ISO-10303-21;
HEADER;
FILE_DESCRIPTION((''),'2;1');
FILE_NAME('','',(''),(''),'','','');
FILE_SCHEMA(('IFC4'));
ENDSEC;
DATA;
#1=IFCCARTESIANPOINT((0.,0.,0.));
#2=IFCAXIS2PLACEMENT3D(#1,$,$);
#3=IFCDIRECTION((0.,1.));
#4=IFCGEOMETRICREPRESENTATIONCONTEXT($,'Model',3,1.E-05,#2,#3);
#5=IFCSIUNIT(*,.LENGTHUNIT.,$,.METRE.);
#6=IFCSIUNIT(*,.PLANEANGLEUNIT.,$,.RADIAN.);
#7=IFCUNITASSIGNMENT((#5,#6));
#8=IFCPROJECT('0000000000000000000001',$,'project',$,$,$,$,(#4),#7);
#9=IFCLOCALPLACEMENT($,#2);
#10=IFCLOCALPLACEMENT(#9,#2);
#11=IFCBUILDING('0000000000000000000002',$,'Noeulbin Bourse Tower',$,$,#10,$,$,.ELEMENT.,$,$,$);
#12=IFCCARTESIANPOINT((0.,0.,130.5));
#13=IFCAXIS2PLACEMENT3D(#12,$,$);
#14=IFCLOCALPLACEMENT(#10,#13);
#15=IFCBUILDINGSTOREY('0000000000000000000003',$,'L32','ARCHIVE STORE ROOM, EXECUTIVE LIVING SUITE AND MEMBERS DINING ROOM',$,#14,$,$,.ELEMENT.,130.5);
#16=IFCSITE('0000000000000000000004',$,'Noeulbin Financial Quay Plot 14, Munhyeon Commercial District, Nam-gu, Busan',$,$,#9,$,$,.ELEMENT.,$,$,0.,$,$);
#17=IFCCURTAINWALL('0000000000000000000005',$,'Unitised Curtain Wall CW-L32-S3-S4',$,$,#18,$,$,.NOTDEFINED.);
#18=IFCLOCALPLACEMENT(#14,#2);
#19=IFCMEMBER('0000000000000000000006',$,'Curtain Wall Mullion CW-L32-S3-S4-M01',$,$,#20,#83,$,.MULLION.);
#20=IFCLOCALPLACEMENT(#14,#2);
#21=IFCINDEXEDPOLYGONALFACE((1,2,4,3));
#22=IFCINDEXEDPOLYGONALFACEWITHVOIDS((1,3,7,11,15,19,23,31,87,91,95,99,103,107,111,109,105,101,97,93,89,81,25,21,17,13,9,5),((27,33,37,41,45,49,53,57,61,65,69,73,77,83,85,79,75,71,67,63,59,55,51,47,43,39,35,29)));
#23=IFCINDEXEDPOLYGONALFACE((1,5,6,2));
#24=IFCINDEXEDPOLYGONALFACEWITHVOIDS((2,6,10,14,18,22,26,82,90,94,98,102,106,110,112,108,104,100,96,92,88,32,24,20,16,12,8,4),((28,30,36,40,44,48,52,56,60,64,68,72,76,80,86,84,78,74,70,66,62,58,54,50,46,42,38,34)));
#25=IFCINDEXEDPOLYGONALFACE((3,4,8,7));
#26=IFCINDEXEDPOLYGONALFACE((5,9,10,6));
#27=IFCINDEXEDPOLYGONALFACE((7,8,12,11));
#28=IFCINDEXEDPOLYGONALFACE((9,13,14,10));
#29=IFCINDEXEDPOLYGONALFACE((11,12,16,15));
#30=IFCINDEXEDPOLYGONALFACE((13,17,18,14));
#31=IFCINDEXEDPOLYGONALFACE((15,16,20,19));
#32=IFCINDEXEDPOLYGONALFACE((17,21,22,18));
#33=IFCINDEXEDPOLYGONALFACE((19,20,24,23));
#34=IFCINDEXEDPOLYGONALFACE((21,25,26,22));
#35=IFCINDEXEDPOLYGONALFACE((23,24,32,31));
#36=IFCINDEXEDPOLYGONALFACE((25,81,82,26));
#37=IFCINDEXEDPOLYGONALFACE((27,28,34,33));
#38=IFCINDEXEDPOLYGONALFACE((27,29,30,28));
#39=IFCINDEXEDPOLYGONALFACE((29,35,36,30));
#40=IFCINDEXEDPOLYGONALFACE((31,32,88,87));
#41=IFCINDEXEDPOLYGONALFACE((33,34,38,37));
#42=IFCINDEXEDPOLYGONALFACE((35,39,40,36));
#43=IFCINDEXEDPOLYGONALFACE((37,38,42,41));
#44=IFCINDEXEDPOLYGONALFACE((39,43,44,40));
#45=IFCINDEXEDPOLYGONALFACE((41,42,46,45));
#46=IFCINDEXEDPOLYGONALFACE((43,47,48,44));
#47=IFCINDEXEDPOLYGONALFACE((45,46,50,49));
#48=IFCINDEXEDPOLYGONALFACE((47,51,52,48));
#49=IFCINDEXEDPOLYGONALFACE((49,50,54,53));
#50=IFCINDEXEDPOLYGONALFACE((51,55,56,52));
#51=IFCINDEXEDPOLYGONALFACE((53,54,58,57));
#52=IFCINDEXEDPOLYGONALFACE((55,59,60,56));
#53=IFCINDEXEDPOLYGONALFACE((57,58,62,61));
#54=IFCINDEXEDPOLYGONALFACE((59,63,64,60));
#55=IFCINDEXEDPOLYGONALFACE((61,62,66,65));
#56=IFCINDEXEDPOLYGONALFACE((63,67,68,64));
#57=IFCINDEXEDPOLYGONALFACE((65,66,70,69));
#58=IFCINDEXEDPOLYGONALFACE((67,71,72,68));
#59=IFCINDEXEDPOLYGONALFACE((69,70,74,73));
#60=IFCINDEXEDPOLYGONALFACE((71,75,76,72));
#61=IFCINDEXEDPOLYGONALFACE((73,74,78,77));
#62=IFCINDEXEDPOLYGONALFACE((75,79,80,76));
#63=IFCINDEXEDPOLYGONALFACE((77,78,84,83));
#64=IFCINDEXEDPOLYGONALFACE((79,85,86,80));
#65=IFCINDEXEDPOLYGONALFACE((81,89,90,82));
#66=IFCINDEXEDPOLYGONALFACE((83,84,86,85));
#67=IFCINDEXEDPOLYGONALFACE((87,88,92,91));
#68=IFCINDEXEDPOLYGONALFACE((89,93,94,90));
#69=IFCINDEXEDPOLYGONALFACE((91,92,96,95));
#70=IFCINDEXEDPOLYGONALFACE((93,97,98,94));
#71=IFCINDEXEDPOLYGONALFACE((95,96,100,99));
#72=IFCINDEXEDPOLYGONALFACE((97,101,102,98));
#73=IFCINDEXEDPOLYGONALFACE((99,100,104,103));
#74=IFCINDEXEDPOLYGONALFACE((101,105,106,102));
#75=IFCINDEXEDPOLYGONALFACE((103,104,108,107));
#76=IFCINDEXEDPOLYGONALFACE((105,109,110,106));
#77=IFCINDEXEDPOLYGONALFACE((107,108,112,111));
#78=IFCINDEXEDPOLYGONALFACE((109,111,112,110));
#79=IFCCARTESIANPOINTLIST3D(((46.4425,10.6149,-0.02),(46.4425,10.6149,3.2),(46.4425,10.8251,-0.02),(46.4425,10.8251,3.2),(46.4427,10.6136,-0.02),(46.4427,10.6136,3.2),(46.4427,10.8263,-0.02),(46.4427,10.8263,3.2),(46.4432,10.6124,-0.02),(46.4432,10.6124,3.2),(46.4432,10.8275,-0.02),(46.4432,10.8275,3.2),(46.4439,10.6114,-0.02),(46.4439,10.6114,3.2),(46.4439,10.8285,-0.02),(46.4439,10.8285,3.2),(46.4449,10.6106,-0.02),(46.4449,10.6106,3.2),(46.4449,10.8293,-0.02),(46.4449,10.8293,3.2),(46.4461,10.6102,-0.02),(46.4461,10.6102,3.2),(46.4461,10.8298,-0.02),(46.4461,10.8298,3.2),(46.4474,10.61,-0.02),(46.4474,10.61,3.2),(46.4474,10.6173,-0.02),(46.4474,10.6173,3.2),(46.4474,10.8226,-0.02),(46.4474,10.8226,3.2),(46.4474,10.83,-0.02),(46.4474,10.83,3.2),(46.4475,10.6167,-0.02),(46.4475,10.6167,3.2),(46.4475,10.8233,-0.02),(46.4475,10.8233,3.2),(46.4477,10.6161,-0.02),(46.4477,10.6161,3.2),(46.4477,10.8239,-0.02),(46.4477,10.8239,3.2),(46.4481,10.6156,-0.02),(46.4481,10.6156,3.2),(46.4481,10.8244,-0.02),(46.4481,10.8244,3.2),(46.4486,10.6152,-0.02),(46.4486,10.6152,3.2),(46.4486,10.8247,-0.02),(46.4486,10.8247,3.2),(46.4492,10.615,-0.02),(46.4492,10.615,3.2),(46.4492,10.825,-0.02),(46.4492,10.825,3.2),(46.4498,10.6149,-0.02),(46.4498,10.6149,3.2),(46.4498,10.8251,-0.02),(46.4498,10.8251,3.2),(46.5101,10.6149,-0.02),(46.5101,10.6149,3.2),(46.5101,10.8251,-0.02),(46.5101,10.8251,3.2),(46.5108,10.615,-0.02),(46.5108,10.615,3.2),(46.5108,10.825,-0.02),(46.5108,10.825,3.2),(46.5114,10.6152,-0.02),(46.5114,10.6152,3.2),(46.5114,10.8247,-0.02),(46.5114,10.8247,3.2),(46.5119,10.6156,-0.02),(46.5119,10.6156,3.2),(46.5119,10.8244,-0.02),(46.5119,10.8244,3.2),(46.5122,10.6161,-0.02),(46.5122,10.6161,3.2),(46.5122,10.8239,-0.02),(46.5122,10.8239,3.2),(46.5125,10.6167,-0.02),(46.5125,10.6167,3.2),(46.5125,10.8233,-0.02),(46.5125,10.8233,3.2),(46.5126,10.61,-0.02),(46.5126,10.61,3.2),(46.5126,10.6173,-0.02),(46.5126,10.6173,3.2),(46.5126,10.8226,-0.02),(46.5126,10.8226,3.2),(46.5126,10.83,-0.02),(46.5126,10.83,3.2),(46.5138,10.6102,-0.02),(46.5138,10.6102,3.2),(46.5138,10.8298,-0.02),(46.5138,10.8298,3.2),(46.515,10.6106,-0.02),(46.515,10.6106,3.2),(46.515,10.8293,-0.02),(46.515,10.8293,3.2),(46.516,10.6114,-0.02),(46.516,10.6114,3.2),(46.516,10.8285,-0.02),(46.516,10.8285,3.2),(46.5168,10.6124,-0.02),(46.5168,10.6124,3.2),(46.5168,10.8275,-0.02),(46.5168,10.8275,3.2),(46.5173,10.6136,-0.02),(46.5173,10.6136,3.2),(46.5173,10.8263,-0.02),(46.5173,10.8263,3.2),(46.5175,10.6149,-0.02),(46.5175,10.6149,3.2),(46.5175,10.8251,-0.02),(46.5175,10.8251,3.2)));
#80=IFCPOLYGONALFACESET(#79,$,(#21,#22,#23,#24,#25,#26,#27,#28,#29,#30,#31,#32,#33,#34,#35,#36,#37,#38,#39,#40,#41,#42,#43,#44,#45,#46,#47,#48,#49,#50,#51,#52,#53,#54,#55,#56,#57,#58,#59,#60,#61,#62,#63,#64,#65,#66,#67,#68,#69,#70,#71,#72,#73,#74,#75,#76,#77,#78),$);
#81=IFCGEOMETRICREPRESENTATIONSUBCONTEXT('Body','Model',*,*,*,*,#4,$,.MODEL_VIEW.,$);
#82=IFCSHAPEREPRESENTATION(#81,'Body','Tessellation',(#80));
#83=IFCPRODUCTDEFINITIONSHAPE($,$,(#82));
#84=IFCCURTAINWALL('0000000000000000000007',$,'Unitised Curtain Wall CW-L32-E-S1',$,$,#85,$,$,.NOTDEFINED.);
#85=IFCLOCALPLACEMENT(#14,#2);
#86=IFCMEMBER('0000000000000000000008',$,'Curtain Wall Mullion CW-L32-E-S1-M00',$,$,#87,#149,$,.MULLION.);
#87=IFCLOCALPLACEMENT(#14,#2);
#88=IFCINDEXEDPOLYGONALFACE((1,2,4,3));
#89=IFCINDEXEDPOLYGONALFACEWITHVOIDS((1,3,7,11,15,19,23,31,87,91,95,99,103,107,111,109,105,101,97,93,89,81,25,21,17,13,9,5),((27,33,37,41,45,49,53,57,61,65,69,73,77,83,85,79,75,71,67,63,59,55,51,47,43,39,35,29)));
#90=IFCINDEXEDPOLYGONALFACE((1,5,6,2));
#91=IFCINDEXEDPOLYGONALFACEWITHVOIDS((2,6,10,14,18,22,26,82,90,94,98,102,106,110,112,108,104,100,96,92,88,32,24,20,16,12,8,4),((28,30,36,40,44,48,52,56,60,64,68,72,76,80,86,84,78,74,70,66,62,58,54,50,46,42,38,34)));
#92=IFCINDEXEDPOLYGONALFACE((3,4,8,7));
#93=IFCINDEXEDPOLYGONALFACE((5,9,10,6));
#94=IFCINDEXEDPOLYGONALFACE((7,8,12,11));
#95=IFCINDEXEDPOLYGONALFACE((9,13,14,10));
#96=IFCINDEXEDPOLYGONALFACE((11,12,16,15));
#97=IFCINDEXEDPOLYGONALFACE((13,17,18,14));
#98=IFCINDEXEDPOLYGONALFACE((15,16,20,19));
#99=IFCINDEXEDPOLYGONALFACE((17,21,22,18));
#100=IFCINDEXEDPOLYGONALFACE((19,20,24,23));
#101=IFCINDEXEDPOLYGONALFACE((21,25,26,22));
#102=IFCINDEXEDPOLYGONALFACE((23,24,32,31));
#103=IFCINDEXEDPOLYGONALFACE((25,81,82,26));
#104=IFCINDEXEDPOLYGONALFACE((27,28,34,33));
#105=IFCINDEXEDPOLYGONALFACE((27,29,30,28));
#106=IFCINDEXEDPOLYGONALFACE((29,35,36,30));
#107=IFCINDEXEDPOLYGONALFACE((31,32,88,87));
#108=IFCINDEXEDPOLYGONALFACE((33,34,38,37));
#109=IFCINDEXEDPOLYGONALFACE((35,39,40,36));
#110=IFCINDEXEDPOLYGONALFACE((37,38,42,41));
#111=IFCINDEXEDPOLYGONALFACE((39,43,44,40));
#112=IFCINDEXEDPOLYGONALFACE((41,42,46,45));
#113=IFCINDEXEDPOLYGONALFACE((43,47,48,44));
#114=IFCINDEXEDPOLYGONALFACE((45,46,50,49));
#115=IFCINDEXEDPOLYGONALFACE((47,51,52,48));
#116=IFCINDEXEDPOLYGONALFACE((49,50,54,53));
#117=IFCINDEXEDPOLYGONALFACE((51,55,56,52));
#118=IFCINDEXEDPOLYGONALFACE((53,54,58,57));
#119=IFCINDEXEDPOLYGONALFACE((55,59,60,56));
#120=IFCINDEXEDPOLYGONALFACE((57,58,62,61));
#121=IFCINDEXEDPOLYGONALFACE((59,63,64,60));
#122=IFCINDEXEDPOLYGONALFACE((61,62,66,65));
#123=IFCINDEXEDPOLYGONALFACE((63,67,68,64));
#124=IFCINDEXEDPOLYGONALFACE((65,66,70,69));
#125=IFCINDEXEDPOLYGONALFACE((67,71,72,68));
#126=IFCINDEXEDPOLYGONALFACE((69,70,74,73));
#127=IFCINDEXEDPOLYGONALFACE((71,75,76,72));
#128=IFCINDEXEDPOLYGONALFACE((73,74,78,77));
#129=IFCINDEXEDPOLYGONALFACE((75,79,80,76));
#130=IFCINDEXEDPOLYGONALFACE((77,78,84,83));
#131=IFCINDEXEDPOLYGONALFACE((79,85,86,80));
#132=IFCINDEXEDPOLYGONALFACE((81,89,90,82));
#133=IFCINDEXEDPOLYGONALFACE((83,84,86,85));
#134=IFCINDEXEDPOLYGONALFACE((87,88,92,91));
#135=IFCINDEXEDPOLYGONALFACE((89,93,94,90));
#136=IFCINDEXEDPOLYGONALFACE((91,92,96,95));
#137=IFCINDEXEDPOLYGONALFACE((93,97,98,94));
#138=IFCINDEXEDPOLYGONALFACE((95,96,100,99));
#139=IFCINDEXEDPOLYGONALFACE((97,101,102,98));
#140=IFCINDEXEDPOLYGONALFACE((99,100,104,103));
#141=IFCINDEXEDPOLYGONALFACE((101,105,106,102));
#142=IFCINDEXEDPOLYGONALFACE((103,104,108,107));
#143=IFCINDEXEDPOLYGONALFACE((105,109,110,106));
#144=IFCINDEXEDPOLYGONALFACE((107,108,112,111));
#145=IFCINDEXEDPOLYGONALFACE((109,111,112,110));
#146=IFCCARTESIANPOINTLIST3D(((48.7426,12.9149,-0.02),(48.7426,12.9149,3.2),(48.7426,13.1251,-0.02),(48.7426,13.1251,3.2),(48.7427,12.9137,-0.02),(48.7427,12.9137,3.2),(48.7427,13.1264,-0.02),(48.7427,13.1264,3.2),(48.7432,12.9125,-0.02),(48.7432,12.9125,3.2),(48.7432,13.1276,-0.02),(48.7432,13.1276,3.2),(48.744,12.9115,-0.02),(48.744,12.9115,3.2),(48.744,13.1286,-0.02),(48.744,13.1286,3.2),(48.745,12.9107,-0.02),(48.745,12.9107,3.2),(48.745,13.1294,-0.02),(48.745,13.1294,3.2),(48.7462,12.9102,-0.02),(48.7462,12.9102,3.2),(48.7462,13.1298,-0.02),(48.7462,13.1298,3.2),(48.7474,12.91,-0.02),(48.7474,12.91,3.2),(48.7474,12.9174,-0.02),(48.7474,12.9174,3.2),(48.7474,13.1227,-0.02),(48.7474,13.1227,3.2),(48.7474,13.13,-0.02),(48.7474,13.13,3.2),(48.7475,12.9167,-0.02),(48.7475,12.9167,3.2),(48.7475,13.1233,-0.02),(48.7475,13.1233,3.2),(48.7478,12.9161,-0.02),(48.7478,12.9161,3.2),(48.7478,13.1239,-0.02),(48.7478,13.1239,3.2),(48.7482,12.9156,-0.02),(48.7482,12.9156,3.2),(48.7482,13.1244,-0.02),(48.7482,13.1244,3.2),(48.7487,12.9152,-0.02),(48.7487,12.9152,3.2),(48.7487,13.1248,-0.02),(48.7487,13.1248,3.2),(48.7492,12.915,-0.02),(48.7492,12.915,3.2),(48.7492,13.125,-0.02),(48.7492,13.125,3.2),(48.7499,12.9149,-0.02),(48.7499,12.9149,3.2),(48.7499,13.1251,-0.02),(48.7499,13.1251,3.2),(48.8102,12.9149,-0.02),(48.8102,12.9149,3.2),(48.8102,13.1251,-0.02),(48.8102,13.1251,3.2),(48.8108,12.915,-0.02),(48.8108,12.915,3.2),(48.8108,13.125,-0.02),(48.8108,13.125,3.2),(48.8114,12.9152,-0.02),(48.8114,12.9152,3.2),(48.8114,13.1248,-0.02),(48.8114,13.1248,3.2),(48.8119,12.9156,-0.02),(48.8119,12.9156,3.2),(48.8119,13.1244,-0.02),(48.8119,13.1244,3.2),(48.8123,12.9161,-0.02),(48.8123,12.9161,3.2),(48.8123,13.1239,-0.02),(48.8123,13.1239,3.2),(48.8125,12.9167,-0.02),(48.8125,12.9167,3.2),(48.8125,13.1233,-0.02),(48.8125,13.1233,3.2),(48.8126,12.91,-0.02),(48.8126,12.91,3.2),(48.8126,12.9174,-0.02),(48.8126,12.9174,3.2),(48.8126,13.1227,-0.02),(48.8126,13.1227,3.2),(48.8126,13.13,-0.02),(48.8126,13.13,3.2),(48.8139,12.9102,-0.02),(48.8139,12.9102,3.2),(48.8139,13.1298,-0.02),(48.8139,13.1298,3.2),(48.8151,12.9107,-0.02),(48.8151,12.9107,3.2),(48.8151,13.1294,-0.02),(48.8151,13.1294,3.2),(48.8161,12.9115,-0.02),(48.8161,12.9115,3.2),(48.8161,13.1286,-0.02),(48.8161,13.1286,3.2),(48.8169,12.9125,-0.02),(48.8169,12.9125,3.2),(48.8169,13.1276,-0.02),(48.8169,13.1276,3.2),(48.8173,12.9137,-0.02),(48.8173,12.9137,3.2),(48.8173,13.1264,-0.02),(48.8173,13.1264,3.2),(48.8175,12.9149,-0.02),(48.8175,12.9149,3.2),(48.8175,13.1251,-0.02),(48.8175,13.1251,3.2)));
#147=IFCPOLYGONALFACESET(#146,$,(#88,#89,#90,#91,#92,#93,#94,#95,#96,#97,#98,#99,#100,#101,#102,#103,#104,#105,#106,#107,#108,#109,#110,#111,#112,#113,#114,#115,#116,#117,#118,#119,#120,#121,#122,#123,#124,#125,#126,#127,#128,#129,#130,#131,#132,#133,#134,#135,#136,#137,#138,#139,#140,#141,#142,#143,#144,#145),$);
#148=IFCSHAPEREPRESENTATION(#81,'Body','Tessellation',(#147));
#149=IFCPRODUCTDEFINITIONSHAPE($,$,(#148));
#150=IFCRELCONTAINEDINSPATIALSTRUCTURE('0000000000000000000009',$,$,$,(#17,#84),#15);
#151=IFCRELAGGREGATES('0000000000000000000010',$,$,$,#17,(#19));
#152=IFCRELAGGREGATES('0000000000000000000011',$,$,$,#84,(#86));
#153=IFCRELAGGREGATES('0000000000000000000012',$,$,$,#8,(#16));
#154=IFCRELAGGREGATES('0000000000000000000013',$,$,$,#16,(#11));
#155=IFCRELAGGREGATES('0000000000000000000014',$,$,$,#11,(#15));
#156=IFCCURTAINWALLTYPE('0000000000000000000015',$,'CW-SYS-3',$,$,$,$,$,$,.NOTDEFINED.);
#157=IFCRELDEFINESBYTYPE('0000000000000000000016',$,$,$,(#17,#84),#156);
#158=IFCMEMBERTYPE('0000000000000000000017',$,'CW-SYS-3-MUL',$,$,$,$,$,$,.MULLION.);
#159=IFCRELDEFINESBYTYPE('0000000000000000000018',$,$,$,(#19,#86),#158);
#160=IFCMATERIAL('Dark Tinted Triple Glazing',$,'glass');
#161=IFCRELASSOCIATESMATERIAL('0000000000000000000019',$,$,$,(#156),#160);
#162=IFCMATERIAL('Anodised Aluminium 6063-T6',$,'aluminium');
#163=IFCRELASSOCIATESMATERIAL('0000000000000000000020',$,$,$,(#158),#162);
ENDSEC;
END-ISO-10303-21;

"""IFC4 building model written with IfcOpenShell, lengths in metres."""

from ifc_helpers import new_model, si_unit, direction, frame, origin, origin_2d, place, context, subcontext, project, spatial, hollow_rectangle, extrude, material, material_profile, profile_set, type_object, element, aggregate, save


model = new_model("IFC4")

# Units and contexts
model_context = context("Model", 3, precision=1e-05, world=origin(), true_north=direction((0.0, 1.0)))
body_context = subcontext(model_context, "Body", "Model", "MODEL_VIEW")
ifc_project = project(units=[si_unit("LENGTHUNIT", "METRE"), si_unit("PLANEANGLEUNIT", "RADIAN")], contexts=[model_context])

# Site, building, storey
site_placement = place(None, origin())
site = spatial("IfcSite", under=ifc_project, at=site_placement, Name="Noeulbin Financial Quay Plot 14, Munhyeon Commercial District, Nam-gu, Busan", CompositionType="ELEMENT", RefElevation=0.0)
building_placement = place(site_placement, origin())
building = spatial("IfcBuilding", under=site, at=building_placement, Name="Noeulbin Bourse Tower", CompositionType="ELEMENT")
storey_placement = place(building_placement, frame((0.0, 0.0, 130.5)))
storey = spatial("IfcBuildingStorey", under=building, at=storey_placement, Name="L32", Description="ARCHIVE STORE ROOM, EXECUTIVE LIVING SUITE AND MEMBERS DINING ROOM", CompositionType="ELEMENT", Elevation=130.5)

# Curtain walls, members
ifc_material_1 = material(Name="Dark Tinted Triple Glazing", Category="glass")
curtain_wall_type = type_object("IfcCurtainWallType", Name="CW-SYS-3", PredefinedType="NOTDEFINED", material=ifc_material_1)
curtain_wall_1_placement = place(storey_placement, origin())
curtain_wall_1 = element("IfcCurtainWall", 1, at=curtain_wall_1_placement, inside=storey, type_object=curtain_wall_type, Name="Unitised Curtain Wall CW-L32-S3-S4", PredefinedType="NOTDEFINED")
ifc_material_2 = material(Name="Anodised Aluminium 6063-T6", Category="aluminium")
ifc_material_profile_1 = material_profile(ifc_material_2, hollow_rectangle(XDim=0.075, YDim=0.22, WallThickness=0.0049, InnerFilletRadius=0.0024, OuterFilletRadius=0.0049, at=origin_2d()), Name="ALU-MULL-75x220x5", Category="LoadBearing")
ifc_profile_set_1 = profile_set([ifc_material_profile_1], Name="Anodised Aluminium 6063-T6")
member_type_1 = type_object("IfcMemberType", Name="CW-SYS-3-MUL", PredefinedType="MULLION", material=ifc_profile_set_1)
member_1_placement = place(storey_placement, frame((46.48, 10.72, -0.02), z_axis=(0.0, 0.0, 1.0), x_axis=(1.0, 0.0, 0.0)))
member_1 = element("IfcMember", 2, at=member_1_placement, type_object=member_type_1, Name="Curtain Wall Mullion CW-L32-S3-S4-M01", PredefinedType="MULLION", context=body_context, shape_type="SweptSolid", body=[
    extrude(hollow_rectangle(XDim=0.075, YDim=0.22, WallThickness=0.0049, InnerFilletRadius=0.0024, OuterFilletRadius=0.0049, at=origin_2d()), origin(), (0.0, 0.0, 1.0), 3.22),
])
curtain_wall_2_placement = place(storey_placement, origin())
curtain_wall_2 = element("IfcCurtainWall", 3, at=curtain_wall_2_placement, inside=storey, type_object=curtain_wall_type, Name="Unitised Curtain Wall CW-L32-E-S1", PredefinedType="NOTDEFINED")
member_2_placement = place(storey_placement, frame((48.78, 13.02, -0.02), z_axis=(0.0, 0.0, 1.0), x_axis=(1.0, 0.0, 0.0)))
member_2 = element("IfcMember", 4, at=member_2_placement, type_object=member_type_1, Name="Curtain Wall Mullion CW-L32-E-S1-M00", PredefinedType="MULLION", context=body_context, shape_type="SweptSolid", body=[
    extrude(hollow_rectangle(XDim=0.075, YDim=0.22, WallThickness=0.0049, InnerFilletRadius=0.0024, OuterFilletRadius=0.0049, at=origin_2d()), origin(), (0.0, 0.0, 1.0), 3.22),
])

aggregate(curtain_wall_1, [member_1])
aggregate(curtain_wall_2, [member_2])

save(model, "model.ifc")
